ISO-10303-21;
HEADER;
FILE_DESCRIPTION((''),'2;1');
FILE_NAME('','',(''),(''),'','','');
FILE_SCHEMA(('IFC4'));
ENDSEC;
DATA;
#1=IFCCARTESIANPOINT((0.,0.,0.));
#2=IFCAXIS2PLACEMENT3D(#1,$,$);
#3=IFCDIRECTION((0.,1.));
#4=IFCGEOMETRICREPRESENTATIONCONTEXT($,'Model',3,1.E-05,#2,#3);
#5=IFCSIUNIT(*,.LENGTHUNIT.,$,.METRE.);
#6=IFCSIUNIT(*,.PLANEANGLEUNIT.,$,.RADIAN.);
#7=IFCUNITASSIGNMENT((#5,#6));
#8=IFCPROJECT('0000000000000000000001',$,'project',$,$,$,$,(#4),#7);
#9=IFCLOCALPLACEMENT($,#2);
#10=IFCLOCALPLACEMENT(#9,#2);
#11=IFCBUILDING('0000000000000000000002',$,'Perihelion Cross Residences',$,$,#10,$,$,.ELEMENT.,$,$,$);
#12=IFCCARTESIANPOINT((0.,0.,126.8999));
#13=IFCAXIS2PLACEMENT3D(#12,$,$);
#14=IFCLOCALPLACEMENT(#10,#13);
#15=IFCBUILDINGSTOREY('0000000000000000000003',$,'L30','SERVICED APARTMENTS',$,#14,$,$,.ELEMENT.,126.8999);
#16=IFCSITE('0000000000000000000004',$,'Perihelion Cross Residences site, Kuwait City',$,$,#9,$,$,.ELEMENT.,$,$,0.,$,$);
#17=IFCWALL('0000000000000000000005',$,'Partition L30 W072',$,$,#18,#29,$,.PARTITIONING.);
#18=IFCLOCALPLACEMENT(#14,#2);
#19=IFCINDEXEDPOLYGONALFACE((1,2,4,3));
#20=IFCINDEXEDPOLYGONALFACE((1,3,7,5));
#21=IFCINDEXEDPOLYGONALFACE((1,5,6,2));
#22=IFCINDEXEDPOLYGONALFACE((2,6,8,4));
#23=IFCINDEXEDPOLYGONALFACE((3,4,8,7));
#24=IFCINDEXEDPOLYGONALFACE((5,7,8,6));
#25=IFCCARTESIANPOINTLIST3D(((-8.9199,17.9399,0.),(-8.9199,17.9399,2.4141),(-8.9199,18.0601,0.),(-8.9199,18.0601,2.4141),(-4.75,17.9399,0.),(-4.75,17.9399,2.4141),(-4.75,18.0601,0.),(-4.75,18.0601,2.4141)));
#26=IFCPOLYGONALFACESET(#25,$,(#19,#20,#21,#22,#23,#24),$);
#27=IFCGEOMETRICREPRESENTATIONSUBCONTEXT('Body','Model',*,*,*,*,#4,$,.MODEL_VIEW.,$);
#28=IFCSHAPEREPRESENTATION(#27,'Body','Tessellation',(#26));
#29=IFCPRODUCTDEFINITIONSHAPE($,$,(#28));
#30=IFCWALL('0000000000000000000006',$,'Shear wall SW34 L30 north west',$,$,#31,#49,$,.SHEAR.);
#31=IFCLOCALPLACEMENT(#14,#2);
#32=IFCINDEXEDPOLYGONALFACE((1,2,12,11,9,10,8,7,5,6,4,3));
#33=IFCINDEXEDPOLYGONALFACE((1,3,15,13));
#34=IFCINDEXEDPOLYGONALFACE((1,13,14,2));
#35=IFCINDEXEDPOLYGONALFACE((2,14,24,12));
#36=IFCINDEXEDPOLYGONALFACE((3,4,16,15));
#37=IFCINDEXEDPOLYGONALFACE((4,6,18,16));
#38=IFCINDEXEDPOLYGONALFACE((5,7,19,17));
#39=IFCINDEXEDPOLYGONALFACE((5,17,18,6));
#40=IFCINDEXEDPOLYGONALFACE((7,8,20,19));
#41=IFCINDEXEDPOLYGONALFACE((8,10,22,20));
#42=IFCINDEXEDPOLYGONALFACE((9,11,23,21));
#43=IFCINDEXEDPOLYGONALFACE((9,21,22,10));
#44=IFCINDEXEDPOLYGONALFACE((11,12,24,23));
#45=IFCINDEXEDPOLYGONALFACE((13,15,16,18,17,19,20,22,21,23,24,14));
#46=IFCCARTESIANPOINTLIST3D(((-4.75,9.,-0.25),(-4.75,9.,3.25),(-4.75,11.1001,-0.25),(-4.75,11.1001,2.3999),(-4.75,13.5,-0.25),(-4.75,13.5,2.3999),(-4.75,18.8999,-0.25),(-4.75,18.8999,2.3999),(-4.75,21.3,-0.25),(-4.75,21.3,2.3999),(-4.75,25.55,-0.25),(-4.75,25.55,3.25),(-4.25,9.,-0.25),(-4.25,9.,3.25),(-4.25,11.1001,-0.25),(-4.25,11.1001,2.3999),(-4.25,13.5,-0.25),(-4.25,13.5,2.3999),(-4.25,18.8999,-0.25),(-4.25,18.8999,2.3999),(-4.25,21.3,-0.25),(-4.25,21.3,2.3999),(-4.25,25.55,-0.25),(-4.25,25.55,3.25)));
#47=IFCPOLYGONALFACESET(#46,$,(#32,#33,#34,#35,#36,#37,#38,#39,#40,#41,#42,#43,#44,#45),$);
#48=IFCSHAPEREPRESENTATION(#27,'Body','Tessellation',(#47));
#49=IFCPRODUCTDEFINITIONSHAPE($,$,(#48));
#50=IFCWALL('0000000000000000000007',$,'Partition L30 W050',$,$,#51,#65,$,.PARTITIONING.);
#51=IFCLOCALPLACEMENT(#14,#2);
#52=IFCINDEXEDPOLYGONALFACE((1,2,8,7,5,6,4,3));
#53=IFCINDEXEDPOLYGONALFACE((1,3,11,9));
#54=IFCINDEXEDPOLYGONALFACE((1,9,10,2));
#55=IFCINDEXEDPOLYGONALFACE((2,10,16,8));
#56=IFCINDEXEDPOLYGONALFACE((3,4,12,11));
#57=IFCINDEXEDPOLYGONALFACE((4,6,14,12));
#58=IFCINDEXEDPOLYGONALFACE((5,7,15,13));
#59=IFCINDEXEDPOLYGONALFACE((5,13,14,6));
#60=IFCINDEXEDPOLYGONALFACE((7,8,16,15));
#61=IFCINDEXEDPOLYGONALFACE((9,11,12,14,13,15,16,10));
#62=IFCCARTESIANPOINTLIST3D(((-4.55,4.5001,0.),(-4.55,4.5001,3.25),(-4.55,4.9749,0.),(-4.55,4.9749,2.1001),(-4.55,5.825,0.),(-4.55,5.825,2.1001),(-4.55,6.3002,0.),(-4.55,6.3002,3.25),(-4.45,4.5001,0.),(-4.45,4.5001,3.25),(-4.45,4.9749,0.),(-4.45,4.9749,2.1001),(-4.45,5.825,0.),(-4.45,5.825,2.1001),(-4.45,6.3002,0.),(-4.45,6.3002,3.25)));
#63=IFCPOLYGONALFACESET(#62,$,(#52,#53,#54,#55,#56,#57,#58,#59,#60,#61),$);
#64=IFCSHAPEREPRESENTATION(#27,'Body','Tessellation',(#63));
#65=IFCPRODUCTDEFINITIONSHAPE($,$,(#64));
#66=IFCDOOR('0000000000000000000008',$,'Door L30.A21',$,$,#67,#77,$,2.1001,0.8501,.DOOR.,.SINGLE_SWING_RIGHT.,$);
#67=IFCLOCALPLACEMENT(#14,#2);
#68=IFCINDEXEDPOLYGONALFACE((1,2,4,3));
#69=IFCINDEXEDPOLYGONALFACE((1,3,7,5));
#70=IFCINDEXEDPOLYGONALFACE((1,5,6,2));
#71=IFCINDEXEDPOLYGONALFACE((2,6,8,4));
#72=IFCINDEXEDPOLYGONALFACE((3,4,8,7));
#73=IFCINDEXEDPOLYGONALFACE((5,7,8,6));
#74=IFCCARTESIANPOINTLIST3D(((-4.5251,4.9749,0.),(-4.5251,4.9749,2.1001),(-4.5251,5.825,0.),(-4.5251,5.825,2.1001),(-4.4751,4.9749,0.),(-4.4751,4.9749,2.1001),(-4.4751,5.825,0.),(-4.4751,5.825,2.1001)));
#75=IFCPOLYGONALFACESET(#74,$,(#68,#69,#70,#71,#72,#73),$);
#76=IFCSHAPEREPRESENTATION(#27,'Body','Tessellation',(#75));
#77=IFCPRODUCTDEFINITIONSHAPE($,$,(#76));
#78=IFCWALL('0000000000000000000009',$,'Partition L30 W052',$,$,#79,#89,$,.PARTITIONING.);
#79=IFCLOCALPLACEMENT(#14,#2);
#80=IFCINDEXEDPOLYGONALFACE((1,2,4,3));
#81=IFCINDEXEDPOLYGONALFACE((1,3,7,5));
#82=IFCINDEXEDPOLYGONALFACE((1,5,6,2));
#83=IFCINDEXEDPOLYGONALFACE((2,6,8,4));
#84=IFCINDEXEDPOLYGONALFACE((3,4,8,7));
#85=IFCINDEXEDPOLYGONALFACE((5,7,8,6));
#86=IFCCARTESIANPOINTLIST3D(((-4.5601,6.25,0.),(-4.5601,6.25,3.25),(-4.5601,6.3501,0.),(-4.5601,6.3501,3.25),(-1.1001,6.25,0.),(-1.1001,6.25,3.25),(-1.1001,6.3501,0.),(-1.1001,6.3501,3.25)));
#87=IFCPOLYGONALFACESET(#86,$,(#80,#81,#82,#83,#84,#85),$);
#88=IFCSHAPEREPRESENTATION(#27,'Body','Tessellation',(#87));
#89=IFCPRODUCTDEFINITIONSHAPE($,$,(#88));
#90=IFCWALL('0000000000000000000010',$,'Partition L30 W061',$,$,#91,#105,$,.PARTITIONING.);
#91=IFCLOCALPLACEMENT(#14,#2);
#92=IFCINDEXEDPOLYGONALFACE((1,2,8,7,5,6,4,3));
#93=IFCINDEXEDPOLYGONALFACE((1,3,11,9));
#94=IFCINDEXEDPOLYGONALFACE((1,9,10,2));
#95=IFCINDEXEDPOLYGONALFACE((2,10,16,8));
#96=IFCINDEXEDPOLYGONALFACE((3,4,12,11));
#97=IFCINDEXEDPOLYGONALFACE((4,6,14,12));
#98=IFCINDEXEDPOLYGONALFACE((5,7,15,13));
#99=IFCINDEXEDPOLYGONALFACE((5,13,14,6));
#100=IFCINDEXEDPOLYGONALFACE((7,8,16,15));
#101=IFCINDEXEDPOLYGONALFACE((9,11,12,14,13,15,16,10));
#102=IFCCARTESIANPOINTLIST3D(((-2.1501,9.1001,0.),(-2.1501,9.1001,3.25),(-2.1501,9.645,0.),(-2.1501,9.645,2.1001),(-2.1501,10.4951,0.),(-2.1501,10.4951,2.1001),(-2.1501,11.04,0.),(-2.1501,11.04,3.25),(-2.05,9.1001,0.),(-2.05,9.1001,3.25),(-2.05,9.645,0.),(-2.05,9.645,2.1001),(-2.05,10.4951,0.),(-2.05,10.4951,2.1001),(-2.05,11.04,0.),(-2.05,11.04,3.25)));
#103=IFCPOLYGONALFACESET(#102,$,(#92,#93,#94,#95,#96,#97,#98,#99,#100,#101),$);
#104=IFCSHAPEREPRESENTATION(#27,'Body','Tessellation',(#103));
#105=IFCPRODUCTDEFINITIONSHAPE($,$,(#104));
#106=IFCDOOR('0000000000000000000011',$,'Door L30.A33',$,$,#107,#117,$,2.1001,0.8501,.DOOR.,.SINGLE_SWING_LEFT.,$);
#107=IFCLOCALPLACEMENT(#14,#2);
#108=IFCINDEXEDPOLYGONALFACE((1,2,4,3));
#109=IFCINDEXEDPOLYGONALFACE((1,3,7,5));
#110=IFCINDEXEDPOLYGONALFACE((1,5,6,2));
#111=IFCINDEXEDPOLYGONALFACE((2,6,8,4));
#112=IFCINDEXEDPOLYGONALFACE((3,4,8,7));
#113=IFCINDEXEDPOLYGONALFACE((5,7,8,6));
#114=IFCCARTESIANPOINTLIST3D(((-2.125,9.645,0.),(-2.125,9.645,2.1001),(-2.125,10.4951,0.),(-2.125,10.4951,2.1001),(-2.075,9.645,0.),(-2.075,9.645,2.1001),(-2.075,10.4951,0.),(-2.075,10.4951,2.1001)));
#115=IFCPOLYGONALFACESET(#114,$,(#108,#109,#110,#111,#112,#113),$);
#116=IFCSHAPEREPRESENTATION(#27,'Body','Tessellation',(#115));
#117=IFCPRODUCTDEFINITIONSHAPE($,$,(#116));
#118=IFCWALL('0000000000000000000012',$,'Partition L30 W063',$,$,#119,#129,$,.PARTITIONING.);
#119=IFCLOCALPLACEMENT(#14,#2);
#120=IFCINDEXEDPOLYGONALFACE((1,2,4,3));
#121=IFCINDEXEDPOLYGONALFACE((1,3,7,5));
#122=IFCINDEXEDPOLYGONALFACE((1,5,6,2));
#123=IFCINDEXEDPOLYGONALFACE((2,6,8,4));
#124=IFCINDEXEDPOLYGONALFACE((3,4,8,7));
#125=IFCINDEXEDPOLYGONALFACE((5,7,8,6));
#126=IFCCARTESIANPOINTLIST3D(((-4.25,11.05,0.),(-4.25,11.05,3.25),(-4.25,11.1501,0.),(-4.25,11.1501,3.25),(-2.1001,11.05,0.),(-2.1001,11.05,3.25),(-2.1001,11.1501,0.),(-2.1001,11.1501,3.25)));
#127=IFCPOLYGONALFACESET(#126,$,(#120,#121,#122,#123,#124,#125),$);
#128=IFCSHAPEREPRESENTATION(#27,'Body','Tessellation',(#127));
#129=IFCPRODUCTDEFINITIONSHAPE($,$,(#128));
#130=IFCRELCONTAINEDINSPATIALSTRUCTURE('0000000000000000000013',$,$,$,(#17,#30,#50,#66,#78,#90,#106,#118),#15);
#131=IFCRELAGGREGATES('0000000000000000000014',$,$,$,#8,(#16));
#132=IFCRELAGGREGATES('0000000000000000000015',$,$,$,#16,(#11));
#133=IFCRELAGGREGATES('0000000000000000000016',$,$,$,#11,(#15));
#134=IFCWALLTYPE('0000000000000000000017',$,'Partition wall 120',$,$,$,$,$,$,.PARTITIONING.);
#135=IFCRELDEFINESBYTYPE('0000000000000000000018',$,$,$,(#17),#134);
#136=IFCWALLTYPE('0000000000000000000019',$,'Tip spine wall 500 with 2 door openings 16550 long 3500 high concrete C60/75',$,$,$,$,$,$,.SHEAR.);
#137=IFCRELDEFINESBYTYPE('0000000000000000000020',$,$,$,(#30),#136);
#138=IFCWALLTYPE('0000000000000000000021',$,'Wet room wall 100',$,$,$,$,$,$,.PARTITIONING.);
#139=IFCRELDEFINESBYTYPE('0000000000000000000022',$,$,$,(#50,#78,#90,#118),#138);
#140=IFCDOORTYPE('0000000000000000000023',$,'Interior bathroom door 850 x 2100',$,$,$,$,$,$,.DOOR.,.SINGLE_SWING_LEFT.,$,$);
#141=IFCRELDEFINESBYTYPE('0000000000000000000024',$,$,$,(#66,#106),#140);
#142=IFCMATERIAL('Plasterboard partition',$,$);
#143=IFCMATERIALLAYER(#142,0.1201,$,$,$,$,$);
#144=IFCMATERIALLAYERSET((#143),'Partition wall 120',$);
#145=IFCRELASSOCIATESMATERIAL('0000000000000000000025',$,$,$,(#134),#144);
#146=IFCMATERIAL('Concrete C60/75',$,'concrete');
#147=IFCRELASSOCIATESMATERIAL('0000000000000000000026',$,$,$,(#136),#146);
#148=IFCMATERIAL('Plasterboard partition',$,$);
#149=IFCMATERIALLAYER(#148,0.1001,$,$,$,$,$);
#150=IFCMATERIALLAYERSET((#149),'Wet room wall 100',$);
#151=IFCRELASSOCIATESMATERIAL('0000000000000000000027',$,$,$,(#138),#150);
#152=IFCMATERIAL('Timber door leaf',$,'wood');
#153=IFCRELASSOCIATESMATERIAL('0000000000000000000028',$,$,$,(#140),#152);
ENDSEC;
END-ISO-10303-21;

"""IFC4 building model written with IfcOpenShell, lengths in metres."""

from ifc_helpers import new_model, si_unit, direction, frame, frame_2d, origin, place, context, subcontext, project, spatial, polyline, rectangle, outline, extrude, material, layer, layer_set, material_profile, profile_set, type_object, element, fill, save


model = new_model("IFC4")

# Units and contexts
model_context = context("Model", 3, precision=1e-05, world=origin(), true_north=direction((0.0, 1.0)))
body_context = subcontext(model_context, "Body", "Model", "MODEL_VIEW")
ifc_project = project(units=[si_unit("LENGTHUNIT", "METRE"), si_unit("PLANEANGLEUNIT", "RADIAN")], contexts=[model_context])

# Site, building, storey
site_placement = place(None, origin())
site = spatial("IfcSite", under=ifc_project, at=site_placement, Name="Perihelion Cross Residences site, Kuwait City", CompositionType="ELEMENT", RefElevation=0.0)
building_placement = place(site_placement, origin())
building = spatial("IfcBuilding", under=site, at=building_placement, Name="Perihelion Cross Residences", CompositionType="ELEMENT")
storey_placement = place(building_placement, frame((0.0, 0.0, 126.8999)))
storey = spatial("IfcBuildingStorey", under=building, at=storey_placement, Name="L30", Description="SERVICED APARTMENTS", CompositionType="ELEMENT", Elevation=126.8999)

# Shared definitions
ifc_material_1 = material(Name="Plasterboard partition")
ifc_layer_1 = layer(ifc_material_1, 0.1201)
ifc_layer_set_1 = layer_set([ifc_layer_1], Name="Partition wall 120")
wall_type_1 = type_object("IfcWallType", Name="Partition wall 120", PredefinedType="PARTITIONING", material=ifc_layer_set_1)

# Walls
wall_1_placement = place(storey_placement, frame((-8.9199, 18.0, 0.0), z_axis=(0.0, 0.0, 1.0), x_axis=(1.0, 0.0, 0.0)))
element("IfcWall", 1, at=wall_1_placement, inside=storey, type_object=wall_type_1, Name="Partition L30 W072", PredefinedType="PARTITIONING", context=body_context, shape_type="SweptSolid", body=[
    extrude(rectangle(XDim=4.1699, YDim=0.1201, at=frame_2d((2.085, 0.0))), origin(), (0.0, 0.0, 1.0), 2.4141),
])
ifc_material_2 = material(Name="Concrete C60/75", Category="concrete")
ifc_material_profile_1 = material_profile(ifc_material_2, outline(polyline([(0.0, 0.0), (2.1001, 0.0), (2.1001, 2.6499), (4.5, 2.6499), (4.5, 0.0), (9.8999, 0.0), (9.8999, 2.6499), (12.3, 2.6499), (12.3, 0.0), (16.55, 0.0), (16.55, 3.5), (0.0, 3.5), (0.0, 0.0)])), Name="Tip spine wall")
ifc_profile_set_1 = profile_set([ifc_material_profile_1], Name="Concrete C60/75")
wall_type_2 = type_object("IfcWallType", Name="Tip spine wall 500 with 2 door openings 16550 long 3500 high concrete C60/75", PredefinedType="SHEAR", material=ifc_profile_set_1)
wall_2_placement = place(storey_placement, frame((-4.75, 9.0, -0.25), z_axis=(1.0, 0.0, 0.0), x_axis=(0.0, 1.0, 0.0)))
element("IfcWall", 2, at=wall_2_placement, inside=storey, type_object=wall_type_2, Name="Shear wall SW34 L30 north west", PredefinedType="SHEAR", context=body_context, shape_type="SweptSolid", body=[
    extrude(outline(polyline([(0.0, 0.0), (2.1001, 0.0), (2.1001, 2.6499), (4.5, 2.6499), (4.5, 0.0), (9.8999, 0.0), (9.8999, 2.6499), (12.3, 2.6499), (12.3, 0.0), (16.55, 0.0), (16.55, 3.5), (0.0, 3.5), (0.0, 0.0)])), origin(), (0.0, 0.0, 1.0), 0.5),
])

# Wall, opening, door
ifc_material_3 = material(Name="Plasterboard partition")
ifc_layer_2 = layer(ifc_material_3, 0.1001)
ifc_layer_set_2 = layer_set([ifc_layer_2], Name="Wet room wall 100")
wall_type_3 = type_object("IfcWallType", Name="Wet room wall 100", PredefinedType="PARTITIONING", material=ifc_layer_set_2)
wall_3_placement = place(storey_placement, frame((-4.5, 6.3, 0.0), z_axis=(0.0, 0.0, 1.0), x_axis=(0.0, -1.0, 0.0)))
wall_3 = element("IfcWall", 3, at=wall_3_placement, inside=storey, type_object=wall_type_3, Name="Partition L30 W050", PredefinedType="PARTITIONING", context=body_context, shape_type="SweptSolid", body=[
    extrude(rectangle(XDim=1.8, YDim=0.1001, at=frame_2d((0.8999, 0.0))), origin(), (0.0, 0.0, 1.0), 3.25),
])
opening_1_placement = place(wall_3_placement, frame((0.4751, 0.0, 0.0)))
opening_1 = element("IfcOpeningElement", 4, at=opening_1_placement, cuts=wall_3, PredefinedType="OPENING", context=body_context, shape_type="SweptSolid", body=[
    extrude(rectangle(XDim=0.8501, YDim=2.1001, at=frame_2d((0.425, 1.05))), frame((0.0, 0.0601, 0.0), z_axis=(0.0, -1.0, 0.0), x_axis=(1.0, 0.0, 0.0)), (0.0, 0.0, 1.0), 0.1201),
])
ifc_material_4 = material(Name="Timber door leaf", Category="wood")
door_type_1 = type_object("IfcDoorType", Name="Interior bathroom door 850 x 2100", OperationType="SINGLE_SWING_LEFT", PredefinedType="DOOR", material=ifc_material_4)
door_1_placement = place(opening_1_placement, origin())
door_1 = element("IfcDoor", 5, at=door_1_placement, inside=storey, type_object=door_type_1, Name="Door L30.A21", OperationType="SINGLE_SWING_RIGHT", OverallHeight=2.1001, OverallWidth=0.8501, PredefinedType="DOOR", context=body_context, shape_type="SweptSolid", body=[
    extrude(rectangle(XDim=0.8501, YDim=2.1001, at=frame_2d((0.425, 1.05))), frame((0.0, 0.0249, 0.0), z_axis=(0.0, -1.0, 0.0), x_axis=(1.0, 0.0, 0.0)), (0.0, 0.0, 1.0), 0.05),
])
fill(opening_1, door_1)

# Wall
wall_4_placement = place(storey_placement, frame((-4.5601, 6.3, 0.0), z_axis=(0.0, 0.0, 1.0), x_axis=(1.0, 0.0, 0.0)))
element("IfcWall", 6, at=wall_4_placement, inside=storey, type_object=wall_type_3, Name="Partition L30 W052", PredefinedType="PARTITIONING", context=body_context, shape_type="SweptSolid", body=[
    extrude(rectangle(XDim=3.46, YDim=0.1001, at=frame_2d((1.73, 0.0))), origin(), (0.0, 0.0, 1.0), 3.25),
])

# Wall, opening, door
wall_5_placement = place(storey_placement, frame((-2.1001, 9.1001, 0.0), z_axis=(0.0, 0.0, 1.0), x_axis=(0.0, 1.0, 0.0)))
wall_5 = element("IfcWall", 7, at=wall_5_placement, inside=storey, type_object=wall_type_3, Name="Partition L30 W061", PredefinedType="PARTITIONING", context=body_context, shape_type="SweptSolid", body=[
    extrude(rectangle(XDim=1.9399, YDim=0.1001, at=frame_2d((0.97, 0.0))), origin(), (0.0, 0.0, 1.0), 3.25),
])
opening_2_placement = place(wall_5_placement, frame((0.5449, 0.0, 0.0)))
opening_2 = element("IfcOpeningElement", 8, at=opening_2_placement, cuts=wall_5, PredefinedType="OPENING", context=body_context, shape_type="SweptSolid", body=[
    extrude(rectangle(XDim=0.8501, YDim=2.1001, at=frame_2d((0.425, 1.05))), frame((0.0, 0.0601, 0.0), z_axis=(0.0, -1.0, 0.0), x_axis=(1.0, 0.0, 0.0)), (0.0, 0.0, 1.0), 0.1201),
])
door_2_placement = place(opening_2_placement, origin())
door_2 = element("IfcDoor", 9, at=door_2_placement, inside=storey, type_object=door_type_1, Name="Door L30.A33", OperationType="SINGLE_SWING_LEFT", OverallHeight=2.1001, OverallWidth=0.8501, PredefinedType="DOOR", context=body_context, shape_type="SweptSolid", body=[
    extrude(rectangle(XDim=0.8501, YDim=2.1001, at=frame_2d((0.425, 1.05))), frame((0.0, 0.0249, 0.0), z_axis=(0.0, -1.0, 0.0), x_axis=(1.0, 0.0, 0.0)), (0.0, 0.0, 1.0), 0.05),
])
fill(opening_2, door_2)

# Wall
wall_6_placement = place(storey_placement, frame((-4.25, 11.1001, 0.0), z_axis=(0.0, 0.0, 1.0), x_axis=(1.0, 0.0, 0.0)))
element("IfcWall", 10, at=wall_6_placement, inside=storey, type_object=wall_type_3, Name="Partition L30 W063", PredefinedType="PARTITIONING", context=body_context, shape_type="SweptSolid", body=[
    extrude(rectangle(XDim=2.1499, YDim=0.1001, at=frame_2d((1.075, 0.0))), origin(), (0.0, 0.0, 1.0), 3.25),
])

save(model, "model.ifc")
